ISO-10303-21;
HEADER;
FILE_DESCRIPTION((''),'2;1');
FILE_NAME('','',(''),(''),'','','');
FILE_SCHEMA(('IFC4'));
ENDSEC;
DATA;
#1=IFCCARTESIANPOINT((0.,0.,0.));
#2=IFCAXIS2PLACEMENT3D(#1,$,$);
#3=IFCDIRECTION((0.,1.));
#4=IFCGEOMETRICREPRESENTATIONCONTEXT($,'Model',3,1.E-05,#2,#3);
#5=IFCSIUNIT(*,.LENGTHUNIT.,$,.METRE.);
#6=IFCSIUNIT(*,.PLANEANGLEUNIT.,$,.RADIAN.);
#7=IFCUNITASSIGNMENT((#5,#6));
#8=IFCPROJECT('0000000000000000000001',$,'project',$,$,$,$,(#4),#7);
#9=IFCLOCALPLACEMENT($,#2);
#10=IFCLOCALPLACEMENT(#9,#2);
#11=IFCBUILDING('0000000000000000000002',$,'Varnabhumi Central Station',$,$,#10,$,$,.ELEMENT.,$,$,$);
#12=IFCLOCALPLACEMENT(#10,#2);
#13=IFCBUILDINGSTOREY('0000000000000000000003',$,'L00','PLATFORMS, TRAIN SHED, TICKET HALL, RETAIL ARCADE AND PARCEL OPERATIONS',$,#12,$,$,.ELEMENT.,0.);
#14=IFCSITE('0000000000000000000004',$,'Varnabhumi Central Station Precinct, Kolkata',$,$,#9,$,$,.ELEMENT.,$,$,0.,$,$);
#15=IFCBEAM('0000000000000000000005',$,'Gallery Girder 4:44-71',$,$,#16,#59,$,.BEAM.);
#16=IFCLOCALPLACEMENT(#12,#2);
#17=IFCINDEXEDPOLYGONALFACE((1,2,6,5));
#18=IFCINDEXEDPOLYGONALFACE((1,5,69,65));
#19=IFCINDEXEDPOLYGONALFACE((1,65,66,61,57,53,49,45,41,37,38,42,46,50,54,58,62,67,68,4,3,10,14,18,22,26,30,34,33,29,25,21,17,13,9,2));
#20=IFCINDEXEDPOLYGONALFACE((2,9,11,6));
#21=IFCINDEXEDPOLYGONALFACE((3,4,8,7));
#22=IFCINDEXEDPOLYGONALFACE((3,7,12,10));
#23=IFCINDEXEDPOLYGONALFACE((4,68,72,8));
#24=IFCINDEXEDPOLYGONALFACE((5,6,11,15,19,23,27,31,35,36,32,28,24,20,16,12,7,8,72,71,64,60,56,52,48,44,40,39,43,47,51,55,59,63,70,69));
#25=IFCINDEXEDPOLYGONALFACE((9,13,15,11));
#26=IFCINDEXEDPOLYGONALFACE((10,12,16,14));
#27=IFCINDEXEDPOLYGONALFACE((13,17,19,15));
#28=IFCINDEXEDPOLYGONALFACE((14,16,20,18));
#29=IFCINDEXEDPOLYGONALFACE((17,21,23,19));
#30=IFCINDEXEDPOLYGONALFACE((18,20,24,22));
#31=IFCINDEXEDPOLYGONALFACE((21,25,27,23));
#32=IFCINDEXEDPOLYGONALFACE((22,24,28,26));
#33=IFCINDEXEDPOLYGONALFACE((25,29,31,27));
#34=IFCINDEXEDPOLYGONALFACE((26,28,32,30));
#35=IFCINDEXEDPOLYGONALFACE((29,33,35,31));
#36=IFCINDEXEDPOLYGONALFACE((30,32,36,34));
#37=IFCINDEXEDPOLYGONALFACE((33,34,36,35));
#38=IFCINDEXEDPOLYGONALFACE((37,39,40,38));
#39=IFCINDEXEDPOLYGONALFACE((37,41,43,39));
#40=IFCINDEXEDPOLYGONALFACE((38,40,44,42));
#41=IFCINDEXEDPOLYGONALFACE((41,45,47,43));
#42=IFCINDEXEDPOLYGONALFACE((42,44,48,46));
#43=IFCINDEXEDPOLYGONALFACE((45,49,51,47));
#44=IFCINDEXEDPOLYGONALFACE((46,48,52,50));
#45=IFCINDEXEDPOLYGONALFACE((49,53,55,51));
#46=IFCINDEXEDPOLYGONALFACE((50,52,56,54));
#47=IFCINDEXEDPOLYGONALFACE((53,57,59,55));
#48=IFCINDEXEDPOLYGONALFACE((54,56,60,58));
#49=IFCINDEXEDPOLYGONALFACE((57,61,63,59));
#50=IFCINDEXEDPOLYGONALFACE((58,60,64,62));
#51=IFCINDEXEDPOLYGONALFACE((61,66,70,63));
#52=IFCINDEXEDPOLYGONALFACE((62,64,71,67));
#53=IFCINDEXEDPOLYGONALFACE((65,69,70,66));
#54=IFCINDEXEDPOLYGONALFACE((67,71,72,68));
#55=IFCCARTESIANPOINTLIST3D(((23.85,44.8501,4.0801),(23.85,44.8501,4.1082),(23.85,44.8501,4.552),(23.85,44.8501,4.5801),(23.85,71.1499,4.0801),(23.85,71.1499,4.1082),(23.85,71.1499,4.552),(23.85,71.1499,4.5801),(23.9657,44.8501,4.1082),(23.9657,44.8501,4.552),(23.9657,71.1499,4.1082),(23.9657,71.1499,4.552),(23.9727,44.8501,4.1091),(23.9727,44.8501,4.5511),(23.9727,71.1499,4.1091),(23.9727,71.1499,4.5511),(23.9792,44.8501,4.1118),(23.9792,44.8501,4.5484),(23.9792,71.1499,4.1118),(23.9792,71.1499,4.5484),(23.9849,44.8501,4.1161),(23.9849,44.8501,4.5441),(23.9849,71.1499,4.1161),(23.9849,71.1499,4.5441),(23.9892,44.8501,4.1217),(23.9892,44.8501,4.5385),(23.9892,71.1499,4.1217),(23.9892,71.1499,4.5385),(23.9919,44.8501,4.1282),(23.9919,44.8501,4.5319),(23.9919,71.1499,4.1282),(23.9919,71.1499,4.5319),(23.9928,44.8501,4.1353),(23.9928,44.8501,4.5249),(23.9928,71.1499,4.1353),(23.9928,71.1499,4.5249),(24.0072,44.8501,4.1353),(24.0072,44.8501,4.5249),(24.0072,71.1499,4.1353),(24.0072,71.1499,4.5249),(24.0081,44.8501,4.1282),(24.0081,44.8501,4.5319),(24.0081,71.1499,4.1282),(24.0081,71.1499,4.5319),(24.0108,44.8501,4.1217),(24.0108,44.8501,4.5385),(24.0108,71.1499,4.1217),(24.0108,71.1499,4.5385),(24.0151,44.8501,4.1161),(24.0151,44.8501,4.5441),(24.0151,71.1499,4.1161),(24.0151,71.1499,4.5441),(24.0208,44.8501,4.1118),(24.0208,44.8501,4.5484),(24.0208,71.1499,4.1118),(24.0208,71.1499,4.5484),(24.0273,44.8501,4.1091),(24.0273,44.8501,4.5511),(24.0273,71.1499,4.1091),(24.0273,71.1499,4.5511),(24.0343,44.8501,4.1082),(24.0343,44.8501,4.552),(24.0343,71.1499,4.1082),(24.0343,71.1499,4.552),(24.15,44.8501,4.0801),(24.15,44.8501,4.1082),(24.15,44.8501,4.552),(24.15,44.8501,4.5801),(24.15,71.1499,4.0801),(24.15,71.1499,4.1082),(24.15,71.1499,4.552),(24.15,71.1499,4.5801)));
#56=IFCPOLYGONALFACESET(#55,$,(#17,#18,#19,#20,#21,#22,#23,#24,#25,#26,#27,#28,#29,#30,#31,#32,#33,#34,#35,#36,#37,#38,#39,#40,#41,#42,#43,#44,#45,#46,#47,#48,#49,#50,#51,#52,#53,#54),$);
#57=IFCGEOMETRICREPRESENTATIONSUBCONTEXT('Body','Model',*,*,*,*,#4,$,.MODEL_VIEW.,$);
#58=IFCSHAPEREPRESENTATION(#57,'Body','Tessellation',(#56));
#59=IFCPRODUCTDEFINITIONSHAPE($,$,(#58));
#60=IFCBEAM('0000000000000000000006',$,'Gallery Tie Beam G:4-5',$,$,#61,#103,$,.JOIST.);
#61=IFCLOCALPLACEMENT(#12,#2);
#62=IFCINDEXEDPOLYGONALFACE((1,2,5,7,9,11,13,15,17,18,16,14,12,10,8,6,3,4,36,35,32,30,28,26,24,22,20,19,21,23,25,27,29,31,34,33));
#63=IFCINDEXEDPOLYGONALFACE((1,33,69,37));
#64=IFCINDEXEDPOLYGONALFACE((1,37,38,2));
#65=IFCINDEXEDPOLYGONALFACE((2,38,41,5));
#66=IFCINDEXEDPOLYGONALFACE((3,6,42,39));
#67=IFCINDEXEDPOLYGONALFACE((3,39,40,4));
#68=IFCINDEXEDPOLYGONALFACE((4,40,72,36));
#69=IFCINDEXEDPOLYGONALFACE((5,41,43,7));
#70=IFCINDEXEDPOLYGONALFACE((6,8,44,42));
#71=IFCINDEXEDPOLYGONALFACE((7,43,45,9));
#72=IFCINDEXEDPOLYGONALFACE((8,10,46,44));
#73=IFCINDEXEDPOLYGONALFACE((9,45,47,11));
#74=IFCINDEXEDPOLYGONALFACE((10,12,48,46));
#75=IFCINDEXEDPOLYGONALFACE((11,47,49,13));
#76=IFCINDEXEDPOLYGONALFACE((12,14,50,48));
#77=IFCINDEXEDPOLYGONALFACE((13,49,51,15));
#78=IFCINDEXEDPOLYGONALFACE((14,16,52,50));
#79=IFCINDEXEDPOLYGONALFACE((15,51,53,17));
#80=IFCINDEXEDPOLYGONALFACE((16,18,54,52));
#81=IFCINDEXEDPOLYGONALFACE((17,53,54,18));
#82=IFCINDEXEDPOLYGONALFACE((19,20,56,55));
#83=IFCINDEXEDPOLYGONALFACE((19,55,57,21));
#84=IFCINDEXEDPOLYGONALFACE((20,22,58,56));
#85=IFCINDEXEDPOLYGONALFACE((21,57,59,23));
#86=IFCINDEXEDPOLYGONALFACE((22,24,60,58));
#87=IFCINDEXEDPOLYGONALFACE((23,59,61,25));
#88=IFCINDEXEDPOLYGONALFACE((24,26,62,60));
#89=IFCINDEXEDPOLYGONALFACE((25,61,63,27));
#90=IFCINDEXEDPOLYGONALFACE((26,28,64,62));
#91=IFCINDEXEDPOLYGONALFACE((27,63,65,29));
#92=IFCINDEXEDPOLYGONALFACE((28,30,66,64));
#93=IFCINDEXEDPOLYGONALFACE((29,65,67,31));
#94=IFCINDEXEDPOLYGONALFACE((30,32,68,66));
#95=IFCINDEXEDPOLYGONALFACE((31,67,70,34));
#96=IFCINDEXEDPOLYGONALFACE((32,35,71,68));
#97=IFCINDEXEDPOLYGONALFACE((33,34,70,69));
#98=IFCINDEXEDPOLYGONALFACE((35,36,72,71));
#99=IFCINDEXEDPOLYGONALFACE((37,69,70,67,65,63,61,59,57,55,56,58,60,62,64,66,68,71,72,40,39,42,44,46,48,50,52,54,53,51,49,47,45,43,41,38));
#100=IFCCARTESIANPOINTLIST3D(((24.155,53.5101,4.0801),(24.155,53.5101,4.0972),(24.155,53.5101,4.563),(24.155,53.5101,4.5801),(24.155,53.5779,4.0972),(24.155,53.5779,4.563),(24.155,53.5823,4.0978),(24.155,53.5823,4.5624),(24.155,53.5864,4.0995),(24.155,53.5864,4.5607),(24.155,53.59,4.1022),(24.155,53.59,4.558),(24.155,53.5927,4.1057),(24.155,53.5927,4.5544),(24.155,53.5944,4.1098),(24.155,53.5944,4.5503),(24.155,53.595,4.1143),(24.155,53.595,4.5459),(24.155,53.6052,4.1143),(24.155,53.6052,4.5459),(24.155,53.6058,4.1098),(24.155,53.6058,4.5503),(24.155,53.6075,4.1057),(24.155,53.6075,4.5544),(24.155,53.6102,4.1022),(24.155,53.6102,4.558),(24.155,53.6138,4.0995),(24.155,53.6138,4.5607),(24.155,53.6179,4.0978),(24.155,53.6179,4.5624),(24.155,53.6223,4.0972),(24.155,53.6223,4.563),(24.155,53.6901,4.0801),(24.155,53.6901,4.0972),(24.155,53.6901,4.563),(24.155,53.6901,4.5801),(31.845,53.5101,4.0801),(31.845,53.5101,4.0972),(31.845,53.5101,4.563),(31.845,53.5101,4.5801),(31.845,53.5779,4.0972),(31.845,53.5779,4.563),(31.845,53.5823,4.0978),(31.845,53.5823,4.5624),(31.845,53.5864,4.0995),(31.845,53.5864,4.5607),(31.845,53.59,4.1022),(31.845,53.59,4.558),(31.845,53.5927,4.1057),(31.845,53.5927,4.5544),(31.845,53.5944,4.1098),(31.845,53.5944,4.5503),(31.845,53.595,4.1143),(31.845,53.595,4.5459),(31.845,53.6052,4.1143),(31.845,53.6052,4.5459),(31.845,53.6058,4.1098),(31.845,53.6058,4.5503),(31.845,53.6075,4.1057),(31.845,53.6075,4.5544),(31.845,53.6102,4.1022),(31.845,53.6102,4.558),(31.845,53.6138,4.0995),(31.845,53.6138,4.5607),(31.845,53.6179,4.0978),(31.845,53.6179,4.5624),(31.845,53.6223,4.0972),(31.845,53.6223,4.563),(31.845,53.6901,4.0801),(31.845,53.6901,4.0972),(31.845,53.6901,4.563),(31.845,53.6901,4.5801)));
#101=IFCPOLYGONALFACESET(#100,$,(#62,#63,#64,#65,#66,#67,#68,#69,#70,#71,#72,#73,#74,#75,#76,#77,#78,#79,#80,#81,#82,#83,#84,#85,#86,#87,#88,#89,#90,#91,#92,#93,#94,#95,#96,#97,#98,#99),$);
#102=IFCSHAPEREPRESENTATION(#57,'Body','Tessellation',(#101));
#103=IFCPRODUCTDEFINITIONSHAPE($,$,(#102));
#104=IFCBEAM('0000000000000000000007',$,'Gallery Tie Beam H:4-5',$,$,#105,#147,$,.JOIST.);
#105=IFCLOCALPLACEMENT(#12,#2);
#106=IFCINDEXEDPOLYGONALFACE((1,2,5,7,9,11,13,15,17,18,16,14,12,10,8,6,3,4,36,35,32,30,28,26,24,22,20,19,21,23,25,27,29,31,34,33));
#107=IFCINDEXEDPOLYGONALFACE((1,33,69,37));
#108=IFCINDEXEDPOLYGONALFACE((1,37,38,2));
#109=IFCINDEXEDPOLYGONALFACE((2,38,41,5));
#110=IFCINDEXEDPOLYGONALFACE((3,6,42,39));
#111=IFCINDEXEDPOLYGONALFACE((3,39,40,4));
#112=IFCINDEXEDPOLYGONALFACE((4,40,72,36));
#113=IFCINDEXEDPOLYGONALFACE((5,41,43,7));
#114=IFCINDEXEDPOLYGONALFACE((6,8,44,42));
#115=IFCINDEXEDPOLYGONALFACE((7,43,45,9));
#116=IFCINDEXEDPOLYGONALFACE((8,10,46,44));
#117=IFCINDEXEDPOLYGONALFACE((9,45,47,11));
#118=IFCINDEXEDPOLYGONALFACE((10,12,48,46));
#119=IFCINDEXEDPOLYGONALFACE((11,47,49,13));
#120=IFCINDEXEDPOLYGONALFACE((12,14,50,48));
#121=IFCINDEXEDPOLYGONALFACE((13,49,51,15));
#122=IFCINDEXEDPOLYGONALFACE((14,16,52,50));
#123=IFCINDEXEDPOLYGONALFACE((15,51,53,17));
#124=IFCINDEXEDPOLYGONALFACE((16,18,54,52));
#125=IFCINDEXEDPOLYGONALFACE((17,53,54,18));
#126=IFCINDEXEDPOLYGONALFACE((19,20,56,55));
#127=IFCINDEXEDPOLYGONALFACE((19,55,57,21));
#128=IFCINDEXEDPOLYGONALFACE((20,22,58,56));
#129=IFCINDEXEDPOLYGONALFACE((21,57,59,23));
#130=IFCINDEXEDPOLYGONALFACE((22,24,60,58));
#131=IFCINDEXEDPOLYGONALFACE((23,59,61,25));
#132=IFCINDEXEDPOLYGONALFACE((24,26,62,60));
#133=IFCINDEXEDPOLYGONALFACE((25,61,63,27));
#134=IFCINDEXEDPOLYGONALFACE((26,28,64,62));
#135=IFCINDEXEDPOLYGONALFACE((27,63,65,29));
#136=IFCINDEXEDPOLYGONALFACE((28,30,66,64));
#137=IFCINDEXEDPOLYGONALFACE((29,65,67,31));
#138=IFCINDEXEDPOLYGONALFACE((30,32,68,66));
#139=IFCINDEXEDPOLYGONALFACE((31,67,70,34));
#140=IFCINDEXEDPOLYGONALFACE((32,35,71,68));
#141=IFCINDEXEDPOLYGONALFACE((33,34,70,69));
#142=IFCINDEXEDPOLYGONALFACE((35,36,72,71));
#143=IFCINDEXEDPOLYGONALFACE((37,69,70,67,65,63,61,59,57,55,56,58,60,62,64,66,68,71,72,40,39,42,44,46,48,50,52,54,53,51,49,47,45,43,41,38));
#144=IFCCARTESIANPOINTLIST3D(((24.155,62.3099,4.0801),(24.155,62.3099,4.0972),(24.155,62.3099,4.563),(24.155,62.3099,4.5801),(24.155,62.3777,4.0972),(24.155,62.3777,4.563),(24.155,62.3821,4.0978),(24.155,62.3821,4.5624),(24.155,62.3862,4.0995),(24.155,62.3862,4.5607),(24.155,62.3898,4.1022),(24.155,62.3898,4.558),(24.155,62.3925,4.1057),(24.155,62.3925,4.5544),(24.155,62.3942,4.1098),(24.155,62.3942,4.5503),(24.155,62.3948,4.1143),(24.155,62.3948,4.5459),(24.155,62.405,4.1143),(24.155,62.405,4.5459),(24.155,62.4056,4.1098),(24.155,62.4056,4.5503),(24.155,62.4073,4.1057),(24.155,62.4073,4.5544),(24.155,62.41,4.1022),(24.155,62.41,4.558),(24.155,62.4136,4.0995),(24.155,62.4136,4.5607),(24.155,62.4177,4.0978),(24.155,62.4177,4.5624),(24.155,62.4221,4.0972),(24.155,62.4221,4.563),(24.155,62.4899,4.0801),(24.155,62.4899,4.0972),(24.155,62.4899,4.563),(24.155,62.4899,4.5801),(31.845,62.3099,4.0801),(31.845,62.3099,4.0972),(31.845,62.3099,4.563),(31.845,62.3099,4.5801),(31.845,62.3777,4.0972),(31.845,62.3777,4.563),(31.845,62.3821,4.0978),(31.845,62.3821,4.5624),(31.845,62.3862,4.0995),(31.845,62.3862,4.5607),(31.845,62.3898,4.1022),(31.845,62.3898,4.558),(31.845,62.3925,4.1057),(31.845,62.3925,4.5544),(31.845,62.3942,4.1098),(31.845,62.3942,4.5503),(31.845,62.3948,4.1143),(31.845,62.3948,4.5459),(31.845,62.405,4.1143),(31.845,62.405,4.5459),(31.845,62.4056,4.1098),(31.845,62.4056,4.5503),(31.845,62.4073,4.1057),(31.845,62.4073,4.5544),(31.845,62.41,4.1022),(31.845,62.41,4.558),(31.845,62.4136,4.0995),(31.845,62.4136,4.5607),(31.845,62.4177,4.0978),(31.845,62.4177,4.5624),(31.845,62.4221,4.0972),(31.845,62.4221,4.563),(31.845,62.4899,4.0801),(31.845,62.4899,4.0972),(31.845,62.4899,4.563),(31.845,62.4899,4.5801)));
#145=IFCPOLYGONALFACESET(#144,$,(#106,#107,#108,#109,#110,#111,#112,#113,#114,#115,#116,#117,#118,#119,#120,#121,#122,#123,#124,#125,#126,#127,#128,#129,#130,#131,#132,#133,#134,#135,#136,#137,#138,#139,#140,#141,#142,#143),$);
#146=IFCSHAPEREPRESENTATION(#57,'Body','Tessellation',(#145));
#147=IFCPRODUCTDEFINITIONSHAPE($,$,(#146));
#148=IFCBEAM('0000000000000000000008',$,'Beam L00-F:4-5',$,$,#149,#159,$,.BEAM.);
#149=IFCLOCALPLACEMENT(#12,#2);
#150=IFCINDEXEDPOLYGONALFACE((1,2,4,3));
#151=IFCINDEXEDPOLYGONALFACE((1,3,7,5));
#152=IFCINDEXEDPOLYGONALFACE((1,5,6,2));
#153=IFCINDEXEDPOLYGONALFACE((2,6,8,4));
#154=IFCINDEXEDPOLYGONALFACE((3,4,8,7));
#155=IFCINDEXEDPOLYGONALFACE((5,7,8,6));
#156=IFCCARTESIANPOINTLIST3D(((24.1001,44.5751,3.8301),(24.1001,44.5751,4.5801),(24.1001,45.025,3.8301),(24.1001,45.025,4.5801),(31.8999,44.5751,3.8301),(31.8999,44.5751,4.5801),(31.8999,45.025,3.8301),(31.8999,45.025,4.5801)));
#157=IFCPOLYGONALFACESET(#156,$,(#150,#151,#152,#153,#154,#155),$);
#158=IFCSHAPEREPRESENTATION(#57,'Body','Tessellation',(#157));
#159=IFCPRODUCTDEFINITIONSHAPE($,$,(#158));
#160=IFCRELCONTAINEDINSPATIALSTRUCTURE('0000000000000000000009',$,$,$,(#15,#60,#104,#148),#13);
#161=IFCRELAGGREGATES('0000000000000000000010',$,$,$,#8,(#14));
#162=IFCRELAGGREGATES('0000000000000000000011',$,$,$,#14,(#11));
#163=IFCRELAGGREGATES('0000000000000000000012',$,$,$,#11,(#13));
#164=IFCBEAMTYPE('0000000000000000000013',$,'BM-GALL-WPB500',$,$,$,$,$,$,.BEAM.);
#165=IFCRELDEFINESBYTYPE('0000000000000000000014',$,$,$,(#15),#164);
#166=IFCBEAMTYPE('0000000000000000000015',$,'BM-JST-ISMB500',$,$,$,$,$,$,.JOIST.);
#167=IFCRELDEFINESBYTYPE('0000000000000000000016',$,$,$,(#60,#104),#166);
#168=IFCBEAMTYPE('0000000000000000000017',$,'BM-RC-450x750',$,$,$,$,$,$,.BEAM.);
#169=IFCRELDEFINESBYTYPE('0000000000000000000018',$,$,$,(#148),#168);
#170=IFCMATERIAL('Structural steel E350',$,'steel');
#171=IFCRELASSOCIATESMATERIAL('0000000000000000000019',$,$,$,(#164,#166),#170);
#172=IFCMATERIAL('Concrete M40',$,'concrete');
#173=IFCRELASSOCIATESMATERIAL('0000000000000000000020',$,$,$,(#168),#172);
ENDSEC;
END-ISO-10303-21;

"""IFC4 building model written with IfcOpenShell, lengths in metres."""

from ifc_helpers import new_model, si_unit, direction, frame, origin, origin_2d, place, context, subcontext, project, spatial, rectangle, i_section, extrude, material, material_profile, profile_set, type_object, element, save


model = new_model("IFC4")

# Units and contexts
model_context = context("Model", 3, precision=1e-05, world=origin(), true_north=direction((0.0, 1.0)))
body_context = subcontext(model_context, "Body", "Model", "MODEL_VIEW")
ifc_project = project(units=[si_unit("LENGTHUNIT", "METRE"), si_unit("PLANEANGLEUNIT", "RADIAN")], contexts=[model_context])

# Site, building, storey
site_placement = place(None, origin())
site = spatial("IfcSite", under=ifc_project, at=site_placement, Name="Varnabhumi Central Station Precinct, Kolkata", CompositionType="ELEMENT", RefElevation=0.0)
building_placement = place(site_placement, origin())
building = spatial("IfcBuilding", under=site, at=building_placement, Name="Varnabhumi Central Station", CompositionType="ELEMENT")
storey_placement = place(building_placement, origin())
storey = spatial("IfcBuildingStorey", under=building, at=storey_placement, Name="L00", Description="PLATFORMS, TRAIN SHED, TICKET HALL, RETAIL ARCADE AND PARCEL OPERATIONS", CompositionType="ELEMENT", Elevation=0.0)

# Shared definitions
ifc_material_1 = material(Name="Concrete M40", Category="concrete")

# Shared definitions
ifc_material_2 = material(Name="Structural steel E350", Category="steel")

# Beams
ifc_material_profile_1 = material_profile(ifc_material_2, i_section(OverallWidth=0.3, OverallDepth=0.5, WebThickness=0.0144, FlangeThickness=0.0281, FilletRadius=0.0271, at=origin_2d()), Name="Structural steel E350", Category="steel")
ifc_profile_set_1 = profile_set([ifc_material_profile_1], Name="Structural steel E350")
beam_type_1 = type_object("IfcBeamType", Name="BM-GALL-WPB500", PredefinedType="BEAM", material=ifc_profile_set_1)
beam_1_placement = place(storey_placement, frame((24.0, 44.8501, 4.3301), z_axis=(0.0, 1.0, 0.0), x_axis=(-1.0, 0.0, 0.0)))
element("IfcBeam", 1, at=beam_1_placement, inside=storey, type_object=beam_type_1, Name="Gallery Girder 4:44-71", PredefinedType="BEAM", context=body_context, shape_type="SweptSolid", body=[
    extrude(i_section(OverallWidth=0.3, OverallDepth=0.5, WebThickness=0.0144, FlangeThickness=0.0281, FilletRadius=0.0271, at=origin_2d()), origin(), (0.0, 0.0, 1.0), 26.2998),
])
ifc_material_profile_2 = material_profile(ifc_material_2, i_section(OverallWidth=0.1799, OverallDepth=0.5, WebThickness=0.0103, FlangeThickness=0.0171, FilletRadius=0.0171, at=origin_2d()), Name="Structural steel E350", Category="steel")
ifc_profile_set_2 = profile_set([ifc_material_profile_2], Name="Structural steel E350")
beam_type_2 = type_object("IfcBeamType", Name="BM-JST-ISMB500", PredefinedType="JOIST", material=ifc_profile_set_2)
for number, where, z_axis, x_axis, name in (
    (2, (24.155, 53.6001, 4.3301), (1.0, 0.0, 0.0), (0.0, 1.0, 0.0), "Gallery Tie Beam G:4-5"),
    (3, (24.155, 62.3999, 4.3301), (1.0, 0.0, 0.0), (0.0, 1.0, 0.0), "Gallery Tie Beam H:4-5"),
):
    element("IfcBeam", number, at=place(storey_placement, frame(where, z_axis=z_axis, x_axis=x_axis)), inside=storey, type_object=beam_type_2, Name=name, PredefinedType="JOIST", context=body_context, shape_type="SweptSolid", body=[
        extrude(i_section(OverallWidth=0.1799, OverallDepth=0.5, WebThickness=0.0103, FlangeThickness=0.0171, FilletRadius=0.0171, at=origin_2d()), origin(), (0.0, 0.0, 1.0), 7.6899),
    ])
ifc_material_profile_3 = material_profile(ifc_material_1, rectangle(XDim=0.45, YDim=0.75, at=origin_2d()), Name="Concrete M40", Category="concrete")
ifc_profile_set_3 = profile_set([ifc_material_profile_3], Name="Concrete M40")
beam_type_3 = type_object("IfcBeamType", Name="BM-RC-450x750", PredefinedType="BEAM", material=ifc_profile_set_3)
beam_2_placement = place(storey_placement, frame((24.1001, 44.8, 4.2051), z_axis=(1.0, 0.0, 0.0), x_axis=(0.0, 1.0, 0.0)))
element("IfcBeam", 4, at=beam_2_placement, inside=storey, type_object=beam_type_3, Name="Beam L00-F:4-5", PredefinedType="BEAM", context=body_context, shape_type="SweptSolid", body=[
    extrude(rectangle(XDim=0.45, YDim=0.75, at=origin_2d()), origin(), (0.0, 0.0, 1.0), 7.7998),
])

save(model, "model.ifc")
